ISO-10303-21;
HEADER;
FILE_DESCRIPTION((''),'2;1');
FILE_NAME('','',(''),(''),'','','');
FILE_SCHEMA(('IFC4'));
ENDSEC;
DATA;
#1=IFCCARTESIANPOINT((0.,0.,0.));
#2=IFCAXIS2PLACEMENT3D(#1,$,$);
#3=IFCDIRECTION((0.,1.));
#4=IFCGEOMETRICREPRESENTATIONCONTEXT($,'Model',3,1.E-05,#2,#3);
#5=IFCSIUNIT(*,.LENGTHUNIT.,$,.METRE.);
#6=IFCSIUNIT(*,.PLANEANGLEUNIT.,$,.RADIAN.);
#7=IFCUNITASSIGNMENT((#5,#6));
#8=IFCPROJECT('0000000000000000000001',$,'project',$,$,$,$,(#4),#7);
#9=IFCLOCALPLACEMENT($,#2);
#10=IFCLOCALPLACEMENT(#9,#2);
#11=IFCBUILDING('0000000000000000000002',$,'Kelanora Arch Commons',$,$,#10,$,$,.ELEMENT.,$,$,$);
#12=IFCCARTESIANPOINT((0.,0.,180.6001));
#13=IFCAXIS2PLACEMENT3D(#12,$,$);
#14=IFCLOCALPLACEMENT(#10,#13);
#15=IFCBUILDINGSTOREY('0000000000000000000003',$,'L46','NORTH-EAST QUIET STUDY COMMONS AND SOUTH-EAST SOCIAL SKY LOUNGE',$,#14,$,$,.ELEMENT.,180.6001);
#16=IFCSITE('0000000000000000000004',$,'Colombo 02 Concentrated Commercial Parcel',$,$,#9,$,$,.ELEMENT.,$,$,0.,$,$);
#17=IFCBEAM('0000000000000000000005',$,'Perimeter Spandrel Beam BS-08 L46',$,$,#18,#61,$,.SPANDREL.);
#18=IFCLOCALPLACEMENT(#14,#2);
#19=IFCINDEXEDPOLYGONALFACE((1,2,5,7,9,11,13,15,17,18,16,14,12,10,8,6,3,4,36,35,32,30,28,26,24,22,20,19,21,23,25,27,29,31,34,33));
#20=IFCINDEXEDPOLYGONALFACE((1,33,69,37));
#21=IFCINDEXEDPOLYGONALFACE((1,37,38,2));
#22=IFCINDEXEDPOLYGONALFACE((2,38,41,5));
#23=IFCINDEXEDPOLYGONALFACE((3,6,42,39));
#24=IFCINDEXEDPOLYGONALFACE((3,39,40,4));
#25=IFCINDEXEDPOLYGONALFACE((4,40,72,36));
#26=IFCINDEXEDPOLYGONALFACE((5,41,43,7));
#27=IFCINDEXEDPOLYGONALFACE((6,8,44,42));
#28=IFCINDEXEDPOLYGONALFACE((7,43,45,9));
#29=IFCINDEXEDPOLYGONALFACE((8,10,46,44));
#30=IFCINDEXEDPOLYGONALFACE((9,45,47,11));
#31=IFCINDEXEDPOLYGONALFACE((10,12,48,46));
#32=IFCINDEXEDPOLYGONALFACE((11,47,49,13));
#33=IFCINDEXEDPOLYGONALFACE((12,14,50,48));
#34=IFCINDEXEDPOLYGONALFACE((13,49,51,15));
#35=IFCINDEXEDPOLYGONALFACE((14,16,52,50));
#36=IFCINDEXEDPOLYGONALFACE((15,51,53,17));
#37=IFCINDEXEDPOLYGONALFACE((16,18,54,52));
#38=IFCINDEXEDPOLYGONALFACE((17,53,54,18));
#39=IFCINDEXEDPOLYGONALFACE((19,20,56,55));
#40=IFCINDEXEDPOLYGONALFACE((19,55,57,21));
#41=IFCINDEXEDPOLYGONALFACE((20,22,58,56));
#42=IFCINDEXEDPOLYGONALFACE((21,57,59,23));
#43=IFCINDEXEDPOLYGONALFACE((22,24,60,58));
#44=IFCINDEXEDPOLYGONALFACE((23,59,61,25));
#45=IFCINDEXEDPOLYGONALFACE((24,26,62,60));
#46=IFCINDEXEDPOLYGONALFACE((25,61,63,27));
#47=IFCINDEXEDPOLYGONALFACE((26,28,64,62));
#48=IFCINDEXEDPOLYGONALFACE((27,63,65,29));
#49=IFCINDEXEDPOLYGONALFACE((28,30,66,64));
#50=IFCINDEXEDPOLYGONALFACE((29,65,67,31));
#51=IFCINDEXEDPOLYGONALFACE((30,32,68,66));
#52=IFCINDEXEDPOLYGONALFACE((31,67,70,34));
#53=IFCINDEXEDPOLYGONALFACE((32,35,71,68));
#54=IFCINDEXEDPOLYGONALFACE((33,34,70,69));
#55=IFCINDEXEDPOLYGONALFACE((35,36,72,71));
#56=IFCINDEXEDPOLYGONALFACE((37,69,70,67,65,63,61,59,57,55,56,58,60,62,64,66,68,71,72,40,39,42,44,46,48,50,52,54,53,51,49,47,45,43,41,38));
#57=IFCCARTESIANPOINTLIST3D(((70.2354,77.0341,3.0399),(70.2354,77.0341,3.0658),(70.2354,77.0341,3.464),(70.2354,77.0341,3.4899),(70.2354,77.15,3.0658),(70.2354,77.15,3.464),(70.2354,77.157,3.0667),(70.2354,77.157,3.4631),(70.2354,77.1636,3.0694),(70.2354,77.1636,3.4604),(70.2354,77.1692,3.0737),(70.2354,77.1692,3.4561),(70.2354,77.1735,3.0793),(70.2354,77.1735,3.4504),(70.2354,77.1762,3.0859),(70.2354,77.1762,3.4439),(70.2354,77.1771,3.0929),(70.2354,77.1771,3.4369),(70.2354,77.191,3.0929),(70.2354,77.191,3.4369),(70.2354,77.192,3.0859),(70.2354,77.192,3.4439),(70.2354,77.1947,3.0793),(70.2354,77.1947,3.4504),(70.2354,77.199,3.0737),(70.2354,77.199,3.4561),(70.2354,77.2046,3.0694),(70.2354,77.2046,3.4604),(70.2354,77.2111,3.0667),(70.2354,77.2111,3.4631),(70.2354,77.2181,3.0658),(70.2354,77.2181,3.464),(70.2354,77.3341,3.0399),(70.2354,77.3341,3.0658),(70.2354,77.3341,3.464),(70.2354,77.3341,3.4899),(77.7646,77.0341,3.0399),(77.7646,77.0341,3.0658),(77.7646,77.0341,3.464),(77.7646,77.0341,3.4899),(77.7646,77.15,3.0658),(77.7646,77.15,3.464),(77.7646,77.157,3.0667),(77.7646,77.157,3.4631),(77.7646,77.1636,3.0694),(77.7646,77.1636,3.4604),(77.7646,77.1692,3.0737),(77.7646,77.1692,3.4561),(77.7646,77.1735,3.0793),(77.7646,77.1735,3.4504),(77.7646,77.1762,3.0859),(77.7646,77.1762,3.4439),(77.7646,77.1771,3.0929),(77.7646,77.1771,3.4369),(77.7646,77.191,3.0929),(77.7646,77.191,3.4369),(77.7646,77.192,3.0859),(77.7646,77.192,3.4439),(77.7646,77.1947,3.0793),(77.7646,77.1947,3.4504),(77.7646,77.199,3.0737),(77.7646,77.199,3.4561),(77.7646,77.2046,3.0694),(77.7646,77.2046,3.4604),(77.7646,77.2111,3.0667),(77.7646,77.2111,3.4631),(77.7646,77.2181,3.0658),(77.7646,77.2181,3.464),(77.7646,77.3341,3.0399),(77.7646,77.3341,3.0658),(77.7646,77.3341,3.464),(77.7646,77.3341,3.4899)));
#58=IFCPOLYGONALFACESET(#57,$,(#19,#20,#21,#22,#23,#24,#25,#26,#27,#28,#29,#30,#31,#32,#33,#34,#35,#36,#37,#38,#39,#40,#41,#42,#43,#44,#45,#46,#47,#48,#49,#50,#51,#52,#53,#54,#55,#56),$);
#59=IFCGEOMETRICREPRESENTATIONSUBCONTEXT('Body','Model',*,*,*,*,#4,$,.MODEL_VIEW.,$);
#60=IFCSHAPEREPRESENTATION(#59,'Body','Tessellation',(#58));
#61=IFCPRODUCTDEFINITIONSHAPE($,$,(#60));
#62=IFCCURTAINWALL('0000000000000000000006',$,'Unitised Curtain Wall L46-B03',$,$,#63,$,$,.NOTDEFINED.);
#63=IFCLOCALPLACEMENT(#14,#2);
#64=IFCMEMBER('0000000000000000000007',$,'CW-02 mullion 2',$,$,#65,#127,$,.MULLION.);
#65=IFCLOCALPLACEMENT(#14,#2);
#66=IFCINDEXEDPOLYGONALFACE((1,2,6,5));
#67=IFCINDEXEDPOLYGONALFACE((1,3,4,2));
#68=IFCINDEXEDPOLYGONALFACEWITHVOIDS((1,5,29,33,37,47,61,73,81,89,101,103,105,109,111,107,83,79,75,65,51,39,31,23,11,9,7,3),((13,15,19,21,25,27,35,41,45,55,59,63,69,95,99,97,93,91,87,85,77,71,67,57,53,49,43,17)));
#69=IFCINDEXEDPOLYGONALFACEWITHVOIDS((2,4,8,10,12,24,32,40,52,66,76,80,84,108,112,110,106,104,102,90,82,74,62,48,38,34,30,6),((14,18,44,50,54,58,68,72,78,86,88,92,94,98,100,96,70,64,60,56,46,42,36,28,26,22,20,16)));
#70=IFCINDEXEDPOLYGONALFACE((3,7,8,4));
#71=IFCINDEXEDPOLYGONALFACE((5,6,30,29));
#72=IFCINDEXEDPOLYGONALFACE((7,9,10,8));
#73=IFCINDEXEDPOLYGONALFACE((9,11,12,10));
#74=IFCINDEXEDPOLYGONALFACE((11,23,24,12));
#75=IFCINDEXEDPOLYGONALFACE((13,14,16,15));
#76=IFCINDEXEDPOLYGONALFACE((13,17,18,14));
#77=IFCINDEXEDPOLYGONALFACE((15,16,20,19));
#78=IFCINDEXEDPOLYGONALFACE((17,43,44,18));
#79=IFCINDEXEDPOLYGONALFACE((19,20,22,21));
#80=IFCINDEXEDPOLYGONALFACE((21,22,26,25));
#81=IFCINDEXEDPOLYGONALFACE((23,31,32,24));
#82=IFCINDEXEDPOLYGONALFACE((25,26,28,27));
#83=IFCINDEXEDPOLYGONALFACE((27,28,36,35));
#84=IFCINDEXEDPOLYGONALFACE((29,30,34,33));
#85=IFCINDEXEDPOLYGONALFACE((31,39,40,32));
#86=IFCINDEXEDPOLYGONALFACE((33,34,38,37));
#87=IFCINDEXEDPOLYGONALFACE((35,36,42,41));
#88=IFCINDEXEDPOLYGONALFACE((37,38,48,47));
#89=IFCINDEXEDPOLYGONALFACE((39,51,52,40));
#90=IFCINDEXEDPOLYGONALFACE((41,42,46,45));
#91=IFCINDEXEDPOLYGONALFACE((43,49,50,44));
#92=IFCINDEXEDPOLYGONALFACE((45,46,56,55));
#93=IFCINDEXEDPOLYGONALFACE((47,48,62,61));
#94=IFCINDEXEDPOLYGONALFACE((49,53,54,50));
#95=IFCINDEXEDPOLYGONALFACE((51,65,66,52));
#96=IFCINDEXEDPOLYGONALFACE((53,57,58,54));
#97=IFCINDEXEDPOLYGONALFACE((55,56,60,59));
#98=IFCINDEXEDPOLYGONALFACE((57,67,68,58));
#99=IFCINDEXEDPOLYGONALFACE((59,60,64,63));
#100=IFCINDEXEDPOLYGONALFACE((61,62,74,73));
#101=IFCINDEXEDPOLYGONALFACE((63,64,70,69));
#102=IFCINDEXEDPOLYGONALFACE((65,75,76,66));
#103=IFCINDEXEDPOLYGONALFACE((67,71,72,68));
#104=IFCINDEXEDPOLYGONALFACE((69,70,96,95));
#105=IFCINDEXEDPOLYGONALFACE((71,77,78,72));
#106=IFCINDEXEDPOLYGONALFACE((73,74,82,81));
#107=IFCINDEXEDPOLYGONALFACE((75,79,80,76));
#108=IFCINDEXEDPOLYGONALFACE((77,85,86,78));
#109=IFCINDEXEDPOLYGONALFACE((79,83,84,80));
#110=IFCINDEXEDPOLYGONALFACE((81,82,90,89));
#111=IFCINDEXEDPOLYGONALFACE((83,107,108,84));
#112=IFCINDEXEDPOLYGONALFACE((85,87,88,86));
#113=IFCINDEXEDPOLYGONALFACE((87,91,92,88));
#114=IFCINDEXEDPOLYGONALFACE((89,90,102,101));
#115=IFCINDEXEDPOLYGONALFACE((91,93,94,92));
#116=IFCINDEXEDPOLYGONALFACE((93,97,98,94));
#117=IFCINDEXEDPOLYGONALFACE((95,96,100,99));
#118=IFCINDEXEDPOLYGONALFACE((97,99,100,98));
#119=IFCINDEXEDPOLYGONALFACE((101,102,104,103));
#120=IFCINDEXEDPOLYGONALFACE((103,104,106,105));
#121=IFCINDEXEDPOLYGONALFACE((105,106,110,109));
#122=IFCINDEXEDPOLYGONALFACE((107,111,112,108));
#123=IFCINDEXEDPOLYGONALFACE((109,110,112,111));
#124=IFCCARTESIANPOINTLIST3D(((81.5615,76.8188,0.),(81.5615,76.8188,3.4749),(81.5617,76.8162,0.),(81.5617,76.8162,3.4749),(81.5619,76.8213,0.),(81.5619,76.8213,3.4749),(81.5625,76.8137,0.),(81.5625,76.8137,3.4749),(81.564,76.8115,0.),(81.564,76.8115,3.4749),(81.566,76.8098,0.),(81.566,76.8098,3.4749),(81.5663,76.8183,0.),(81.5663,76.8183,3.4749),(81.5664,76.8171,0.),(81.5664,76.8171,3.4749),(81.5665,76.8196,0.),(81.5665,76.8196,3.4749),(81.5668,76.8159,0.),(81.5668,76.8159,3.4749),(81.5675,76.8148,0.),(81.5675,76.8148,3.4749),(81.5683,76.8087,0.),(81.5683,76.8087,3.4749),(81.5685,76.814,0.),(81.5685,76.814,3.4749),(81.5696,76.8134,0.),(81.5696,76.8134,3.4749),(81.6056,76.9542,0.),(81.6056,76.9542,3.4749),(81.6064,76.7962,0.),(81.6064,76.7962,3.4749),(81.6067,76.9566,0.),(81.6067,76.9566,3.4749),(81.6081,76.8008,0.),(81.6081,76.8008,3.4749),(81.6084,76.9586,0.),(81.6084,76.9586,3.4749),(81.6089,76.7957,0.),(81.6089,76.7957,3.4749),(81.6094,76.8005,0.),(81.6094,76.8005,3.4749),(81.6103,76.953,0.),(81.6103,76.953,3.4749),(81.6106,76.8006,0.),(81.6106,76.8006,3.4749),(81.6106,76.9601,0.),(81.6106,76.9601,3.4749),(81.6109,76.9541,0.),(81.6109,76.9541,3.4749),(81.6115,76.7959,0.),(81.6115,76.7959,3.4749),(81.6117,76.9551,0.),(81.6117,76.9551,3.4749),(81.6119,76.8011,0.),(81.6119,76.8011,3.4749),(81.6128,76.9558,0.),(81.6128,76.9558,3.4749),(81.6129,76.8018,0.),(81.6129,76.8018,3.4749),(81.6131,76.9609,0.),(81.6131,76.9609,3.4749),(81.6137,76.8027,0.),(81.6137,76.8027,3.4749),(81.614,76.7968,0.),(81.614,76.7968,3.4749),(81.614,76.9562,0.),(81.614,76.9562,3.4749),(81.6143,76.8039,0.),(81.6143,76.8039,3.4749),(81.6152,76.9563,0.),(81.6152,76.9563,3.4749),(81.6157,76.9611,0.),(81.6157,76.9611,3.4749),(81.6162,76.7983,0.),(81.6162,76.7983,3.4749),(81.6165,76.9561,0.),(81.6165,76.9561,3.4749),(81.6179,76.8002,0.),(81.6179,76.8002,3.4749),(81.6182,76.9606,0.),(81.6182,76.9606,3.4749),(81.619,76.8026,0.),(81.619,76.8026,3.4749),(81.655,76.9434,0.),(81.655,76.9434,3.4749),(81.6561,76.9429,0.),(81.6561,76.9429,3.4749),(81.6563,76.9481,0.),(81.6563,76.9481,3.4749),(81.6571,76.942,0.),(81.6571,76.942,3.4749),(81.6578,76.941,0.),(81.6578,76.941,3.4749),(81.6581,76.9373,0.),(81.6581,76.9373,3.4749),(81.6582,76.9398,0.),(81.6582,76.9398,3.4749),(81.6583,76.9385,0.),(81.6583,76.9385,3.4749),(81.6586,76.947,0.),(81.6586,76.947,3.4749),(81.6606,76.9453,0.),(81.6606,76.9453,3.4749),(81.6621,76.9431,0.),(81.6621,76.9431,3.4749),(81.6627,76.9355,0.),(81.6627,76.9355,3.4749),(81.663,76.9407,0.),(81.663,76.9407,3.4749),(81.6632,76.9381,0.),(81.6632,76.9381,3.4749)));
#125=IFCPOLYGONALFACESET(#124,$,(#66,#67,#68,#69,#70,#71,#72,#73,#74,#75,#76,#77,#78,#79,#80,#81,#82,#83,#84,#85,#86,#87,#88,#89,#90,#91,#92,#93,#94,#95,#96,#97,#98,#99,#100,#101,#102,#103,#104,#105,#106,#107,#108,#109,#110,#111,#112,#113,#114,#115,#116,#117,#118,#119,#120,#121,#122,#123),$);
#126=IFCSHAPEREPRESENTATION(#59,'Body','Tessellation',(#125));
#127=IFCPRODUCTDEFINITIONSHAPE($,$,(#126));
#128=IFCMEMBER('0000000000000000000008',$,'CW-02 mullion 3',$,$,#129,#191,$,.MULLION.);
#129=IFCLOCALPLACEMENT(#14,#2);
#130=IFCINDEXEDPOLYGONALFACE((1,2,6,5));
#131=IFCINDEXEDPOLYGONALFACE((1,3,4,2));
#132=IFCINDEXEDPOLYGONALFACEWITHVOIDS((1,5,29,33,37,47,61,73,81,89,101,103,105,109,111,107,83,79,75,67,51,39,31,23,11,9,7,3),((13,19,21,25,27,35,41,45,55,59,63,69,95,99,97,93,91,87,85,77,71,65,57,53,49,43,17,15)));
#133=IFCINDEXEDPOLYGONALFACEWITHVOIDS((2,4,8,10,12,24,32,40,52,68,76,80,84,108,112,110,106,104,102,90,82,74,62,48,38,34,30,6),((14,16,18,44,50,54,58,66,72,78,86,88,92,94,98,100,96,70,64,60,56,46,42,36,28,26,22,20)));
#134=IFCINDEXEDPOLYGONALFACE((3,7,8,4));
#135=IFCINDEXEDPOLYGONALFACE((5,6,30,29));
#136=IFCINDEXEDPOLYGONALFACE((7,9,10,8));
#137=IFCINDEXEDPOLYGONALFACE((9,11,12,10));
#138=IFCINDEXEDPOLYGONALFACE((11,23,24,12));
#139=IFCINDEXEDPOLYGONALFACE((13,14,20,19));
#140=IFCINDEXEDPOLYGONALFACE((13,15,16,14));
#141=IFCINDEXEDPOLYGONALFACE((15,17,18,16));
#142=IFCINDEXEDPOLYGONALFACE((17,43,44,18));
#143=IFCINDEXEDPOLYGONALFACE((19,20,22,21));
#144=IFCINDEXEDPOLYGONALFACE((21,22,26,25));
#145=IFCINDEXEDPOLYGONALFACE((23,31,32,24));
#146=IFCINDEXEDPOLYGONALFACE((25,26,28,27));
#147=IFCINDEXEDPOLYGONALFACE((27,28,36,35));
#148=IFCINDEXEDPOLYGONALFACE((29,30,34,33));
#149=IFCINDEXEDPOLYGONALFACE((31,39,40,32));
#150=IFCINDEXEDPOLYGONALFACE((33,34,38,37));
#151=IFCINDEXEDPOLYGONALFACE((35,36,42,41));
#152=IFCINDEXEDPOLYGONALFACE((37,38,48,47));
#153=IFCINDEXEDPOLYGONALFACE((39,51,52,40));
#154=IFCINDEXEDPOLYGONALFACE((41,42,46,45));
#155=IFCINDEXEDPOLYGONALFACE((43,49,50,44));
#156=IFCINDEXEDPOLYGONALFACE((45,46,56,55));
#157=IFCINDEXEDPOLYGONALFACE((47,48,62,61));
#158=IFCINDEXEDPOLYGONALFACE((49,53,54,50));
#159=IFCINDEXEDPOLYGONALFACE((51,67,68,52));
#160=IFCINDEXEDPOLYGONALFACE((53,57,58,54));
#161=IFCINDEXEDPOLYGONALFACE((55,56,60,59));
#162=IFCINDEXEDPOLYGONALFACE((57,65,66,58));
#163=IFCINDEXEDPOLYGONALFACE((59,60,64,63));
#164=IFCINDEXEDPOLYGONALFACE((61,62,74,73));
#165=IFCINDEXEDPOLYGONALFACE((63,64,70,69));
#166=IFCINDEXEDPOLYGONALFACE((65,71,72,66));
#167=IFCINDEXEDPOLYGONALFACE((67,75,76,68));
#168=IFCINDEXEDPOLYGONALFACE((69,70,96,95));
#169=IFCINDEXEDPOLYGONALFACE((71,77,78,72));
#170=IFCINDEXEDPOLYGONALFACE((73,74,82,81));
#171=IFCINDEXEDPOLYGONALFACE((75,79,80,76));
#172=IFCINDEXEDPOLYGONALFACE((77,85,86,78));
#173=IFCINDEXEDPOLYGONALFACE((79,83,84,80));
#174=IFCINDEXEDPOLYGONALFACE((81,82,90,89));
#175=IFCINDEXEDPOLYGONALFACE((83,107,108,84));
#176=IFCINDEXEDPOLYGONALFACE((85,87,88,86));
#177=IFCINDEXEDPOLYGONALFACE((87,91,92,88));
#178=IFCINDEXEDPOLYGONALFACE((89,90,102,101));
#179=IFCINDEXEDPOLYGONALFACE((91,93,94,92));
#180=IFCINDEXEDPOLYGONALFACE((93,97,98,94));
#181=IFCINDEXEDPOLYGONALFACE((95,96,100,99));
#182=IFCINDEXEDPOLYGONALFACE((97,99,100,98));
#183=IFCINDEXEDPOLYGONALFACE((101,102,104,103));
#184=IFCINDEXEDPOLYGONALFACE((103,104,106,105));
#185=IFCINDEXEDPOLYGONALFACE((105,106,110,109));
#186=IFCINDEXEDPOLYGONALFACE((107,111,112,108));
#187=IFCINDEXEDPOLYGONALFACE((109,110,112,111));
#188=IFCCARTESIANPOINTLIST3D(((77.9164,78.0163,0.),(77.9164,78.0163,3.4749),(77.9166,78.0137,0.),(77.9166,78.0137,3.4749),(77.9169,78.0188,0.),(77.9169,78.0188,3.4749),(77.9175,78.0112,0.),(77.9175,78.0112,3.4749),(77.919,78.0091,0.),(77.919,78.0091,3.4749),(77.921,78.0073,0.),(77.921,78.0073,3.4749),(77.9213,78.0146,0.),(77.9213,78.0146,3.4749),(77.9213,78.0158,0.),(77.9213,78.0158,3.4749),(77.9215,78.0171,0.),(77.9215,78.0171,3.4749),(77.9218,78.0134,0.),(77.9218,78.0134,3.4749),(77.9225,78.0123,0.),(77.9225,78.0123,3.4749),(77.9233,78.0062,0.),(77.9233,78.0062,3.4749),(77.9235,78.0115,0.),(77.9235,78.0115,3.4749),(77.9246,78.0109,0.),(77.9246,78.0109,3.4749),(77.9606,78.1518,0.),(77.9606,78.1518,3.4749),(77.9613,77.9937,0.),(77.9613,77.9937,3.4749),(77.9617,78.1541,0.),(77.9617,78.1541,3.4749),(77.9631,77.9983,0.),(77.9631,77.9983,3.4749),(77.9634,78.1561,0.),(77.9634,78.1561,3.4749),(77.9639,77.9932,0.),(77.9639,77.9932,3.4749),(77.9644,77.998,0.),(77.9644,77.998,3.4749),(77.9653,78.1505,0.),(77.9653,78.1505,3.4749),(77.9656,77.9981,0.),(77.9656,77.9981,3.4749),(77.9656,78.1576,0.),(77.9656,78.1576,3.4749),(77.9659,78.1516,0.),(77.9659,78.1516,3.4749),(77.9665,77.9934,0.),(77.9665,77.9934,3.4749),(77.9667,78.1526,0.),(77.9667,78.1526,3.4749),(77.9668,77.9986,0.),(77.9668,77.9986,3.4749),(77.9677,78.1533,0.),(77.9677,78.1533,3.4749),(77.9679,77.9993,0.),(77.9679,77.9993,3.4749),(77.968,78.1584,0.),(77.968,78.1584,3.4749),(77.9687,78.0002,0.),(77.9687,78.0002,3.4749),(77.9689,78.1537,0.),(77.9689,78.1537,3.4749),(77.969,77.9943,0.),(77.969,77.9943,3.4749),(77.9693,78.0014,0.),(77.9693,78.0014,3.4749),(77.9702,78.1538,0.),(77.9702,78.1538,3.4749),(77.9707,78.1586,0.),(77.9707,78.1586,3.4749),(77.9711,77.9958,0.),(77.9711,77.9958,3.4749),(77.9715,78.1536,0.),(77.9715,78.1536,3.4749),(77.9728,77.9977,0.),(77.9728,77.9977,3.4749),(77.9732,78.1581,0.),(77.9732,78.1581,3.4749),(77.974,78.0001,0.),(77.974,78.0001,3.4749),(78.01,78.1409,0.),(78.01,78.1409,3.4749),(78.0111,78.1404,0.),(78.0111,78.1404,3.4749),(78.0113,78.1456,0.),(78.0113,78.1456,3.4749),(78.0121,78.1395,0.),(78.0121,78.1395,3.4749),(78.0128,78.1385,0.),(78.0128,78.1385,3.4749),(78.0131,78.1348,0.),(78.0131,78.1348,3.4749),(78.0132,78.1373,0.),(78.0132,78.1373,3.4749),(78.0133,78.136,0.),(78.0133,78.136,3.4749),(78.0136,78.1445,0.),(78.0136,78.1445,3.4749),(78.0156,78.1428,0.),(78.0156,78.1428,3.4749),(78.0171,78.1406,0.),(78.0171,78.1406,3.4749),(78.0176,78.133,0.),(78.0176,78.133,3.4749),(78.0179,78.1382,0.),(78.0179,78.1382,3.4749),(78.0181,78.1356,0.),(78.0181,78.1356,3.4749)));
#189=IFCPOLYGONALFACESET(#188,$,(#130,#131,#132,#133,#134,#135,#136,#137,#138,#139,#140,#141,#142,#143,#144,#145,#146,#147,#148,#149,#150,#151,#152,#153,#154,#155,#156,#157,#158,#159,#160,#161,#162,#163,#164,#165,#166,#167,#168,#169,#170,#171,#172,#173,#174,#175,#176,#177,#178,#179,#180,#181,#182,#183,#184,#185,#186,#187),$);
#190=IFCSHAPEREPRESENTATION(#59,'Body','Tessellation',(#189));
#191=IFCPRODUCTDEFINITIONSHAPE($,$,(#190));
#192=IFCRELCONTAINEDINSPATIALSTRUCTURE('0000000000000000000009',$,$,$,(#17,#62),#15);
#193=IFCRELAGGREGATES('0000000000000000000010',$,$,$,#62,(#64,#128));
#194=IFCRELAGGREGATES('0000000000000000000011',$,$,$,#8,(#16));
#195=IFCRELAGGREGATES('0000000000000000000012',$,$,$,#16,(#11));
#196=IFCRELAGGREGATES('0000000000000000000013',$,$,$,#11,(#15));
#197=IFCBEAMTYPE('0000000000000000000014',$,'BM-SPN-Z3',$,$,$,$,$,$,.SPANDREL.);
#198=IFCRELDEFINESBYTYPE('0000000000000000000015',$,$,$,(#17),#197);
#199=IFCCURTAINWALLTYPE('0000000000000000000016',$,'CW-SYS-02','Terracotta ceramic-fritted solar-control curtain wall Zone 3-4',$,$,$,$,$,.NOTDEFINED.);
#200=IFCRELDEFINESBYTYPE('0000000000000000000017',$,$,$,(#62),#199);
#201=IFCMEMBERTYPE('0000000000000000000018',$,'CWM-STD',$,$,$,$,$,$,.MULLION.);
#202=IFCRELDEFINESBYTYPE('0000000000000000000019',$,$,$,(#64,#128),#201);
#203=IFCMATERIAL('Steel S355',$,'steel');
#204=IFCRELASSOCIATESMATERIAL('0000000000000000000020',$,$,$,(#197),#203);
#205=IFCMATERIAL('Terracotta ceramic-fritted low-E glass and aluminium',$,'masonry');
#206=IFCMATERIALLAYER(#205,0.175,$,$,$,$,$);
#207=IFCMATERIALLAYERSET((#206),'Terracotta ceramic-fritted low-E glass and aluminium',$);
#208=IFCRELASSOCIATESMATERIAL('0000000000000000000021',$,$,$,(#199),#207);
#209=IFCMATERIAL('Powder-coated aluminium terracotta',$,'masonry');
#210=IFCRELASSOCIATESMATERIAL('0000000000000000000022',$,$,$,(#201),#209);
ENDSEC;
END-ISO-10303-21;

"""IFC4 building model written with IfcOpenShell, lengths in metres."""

from ifc_helpers import new_model, si_unit, direction, frame, origin, origin_2d, place, context, subcontext, project, spatial, hollow_rectangle, i_section, extrude, material, layer, layer_set, material_profile, profile_set, type_object, element, aggregate, save


model = new_model("IFC4")

# Units and contexts
model_context = context("Model", 3, precision=1e-05, world=origin(), true_north=direction((0.0, 1.0)))
body_context = subcontext(model_context, "Body", "Model", "MODEL_VIEW")
ifc_project = project(units=[si_unit("LENGTHUNIT", "METRE"), si_unit("PLANEANGLEUNIT", "RADIAN")], contexts=[model_context])

# Site, building, storey
site_placement = place(None, origin())
site = spatial("IfcSite", under=ifc_project, at=site_placement, Name="Colombo 02 Concentrated Commercial Parcel", CompositionType="ELEMENT", RefElevation=0.0)
building_placement = place(site_placement, origin())
building = spatial("IfcBuilding", under=site, at=building_placement, Name="Kelanora Arch Commons", CompositionType="ELEMENT")
storey_placement = place(building_placement, frame((0.0, 0.0, 180.6001)))
storey = spatial("IfcBuildingStorey", under=building, at=storey_placement, Name="L46", Description="NORTH-EAST QUIET STUDY COMMONS AND SOUTH-EAST SOCIAL SKY LOUNGE", CompositionType="ELEMENT", Elevation=180.6001)

# Beam
ifc_material_1 = material(Name="Steel S355", Category="steel")
ifc_material_profile_1 = material_profile(ifc_material_1, i_section(OverallWidth=0.3, OverallDepth=0.45, WebThickness=0.0139, FlangeThickness=0.0259, FilletRadius=0.0271, at=origin_2d()), Name="HEB450")
ifc_profile_set_1 = profile_set([ifc_material_profile_1], Name="Steel S355")
beam_type_1 = type_object("IfcBeamType", Name="BM-SPN-Z3", PredefinedType="SPANDREL", material=ifc_profile_set_1)
beam_1_placement = place(storey_placement, frame((77.7646, 77.1841, 3.2649), z_axis=(-1.0, 0.0, 0.0), x_axis=(0.0, -1.0, 0.0)))
element("IfcBeam", 1, at=beam_1_placement, inside=storey, type_object=beam_type_1, Name="Perimeter Spandrel Beam BS-08 L46", PredefinedType="SPANDREL", context=body_context, shape_type="SweptSolid", body=[
    extrude(i_section(OverallWidth=0.3, OverallDepth=0.45, WebThickness=0.0139, FlangeThickness=0.0259, FilletRadius=0.0271, at=origin_2d()), origin(), (0.0, 0.0, 1.0), 7.5293),
])

# Curtain wall, members
ifc_material_2 = material(Name="Terracotta ceramic-fritted low-E glass and aluminium", Category="masonry")
ifc_layer_1 = layer(ifc_material_2, 0.175)
ifc_layer_set_1 = layer_set([ifc_layer_1], Name="Terracotta ceramic-fritted low-E glass and aluminium")
curtain_wall_type = type_object("IfcCurtainWallType", Name="CW-SYS-02", Description="Terracotta ceramic-fritted solar-control curtain wall Zone 3-4", PredefinedType="NOTDEFINED", material=ifc_layer_set_1)
curtain_wall_placement = place(storey_placement, origin())
curtain_wall = element("IfcCurtainWall", 2, at=curtain_wall_placement, inside=storey, type_object=curtain_wall_type, Name="Unitised Curtain Wall L46-B03", PredefinedType="NOTDEFINED")
ifc_material_3 = material(Name="Powder-coated aluminium terracotta", Category="masonry")
ifc_material_profile_2 = material_profile(ifc_material_3, hollow_rectangle(XDim=0.1599, YDim=0.0601, WallThickness=0.0049, InnerFilletRadius=0.0049, OuterFilletRadius=0.01, at=origin_2d()), Name="CWM160x60")
ifc_profile_set_2 = profile_set([ifc_material_profile_2], Name="Powder-coated aluminium terracotta")
member_type_1 = type_object("IfcMemberType", Name="CWM-STD", PredefinedType="MULLION", material=ifc_profile_set_2)
member_1_placement = place(storey_placement, frame((81.6123, 76.8784, 0.0), z_axis=(0.0, 0.0, 1.0), x_axis=(-0.312128, -0.95004, 0.0)))
member_1 = element("IfcMember", 3, at=member_1_placement, type_object=member_type_1, Name="CW-02 mullion 2", PredefinedType="MULLION", context=body_context, shape_type="SweptSolid", body=[
    extrude(hollow_rectangle(XDim=0.1599, YDim=0.0601, WallThickness=0.0049, InnerFilletRadius=0.0049, OuterFilletRadius=0.01, at=origin_2d()), origin(), (0.0, 0.0, 1.0), 3.4749),
])
member_2_placement = place(storey_placement, frame((77.9673, 78.0759, 0.0), z_axis=(0.0, 0.0, 1.0), x_axis=(-0.312128, -0.95004, 0.0)))
member_2 = element("IfcMember", 4, at=member_2_placement, type_object=member_type_1, Name="CW-02 mullion 3", PredefinedType="MULLION", context=body_context, shape_type="SweptSolid", body=[
    extrude(hollow_rectangle(XDim=0.1599, YDim=0.0601, WallThickness=0.0049, InnerFilletRadius=0.0049, OuterFilletRadius=0.01, at=origin_2d()), origin(), (0.0, 0.0, 1.0), 3.4749),
])
aggregate(curtain_wall, [member_1, member_2])

save(model, "model.ifc")
